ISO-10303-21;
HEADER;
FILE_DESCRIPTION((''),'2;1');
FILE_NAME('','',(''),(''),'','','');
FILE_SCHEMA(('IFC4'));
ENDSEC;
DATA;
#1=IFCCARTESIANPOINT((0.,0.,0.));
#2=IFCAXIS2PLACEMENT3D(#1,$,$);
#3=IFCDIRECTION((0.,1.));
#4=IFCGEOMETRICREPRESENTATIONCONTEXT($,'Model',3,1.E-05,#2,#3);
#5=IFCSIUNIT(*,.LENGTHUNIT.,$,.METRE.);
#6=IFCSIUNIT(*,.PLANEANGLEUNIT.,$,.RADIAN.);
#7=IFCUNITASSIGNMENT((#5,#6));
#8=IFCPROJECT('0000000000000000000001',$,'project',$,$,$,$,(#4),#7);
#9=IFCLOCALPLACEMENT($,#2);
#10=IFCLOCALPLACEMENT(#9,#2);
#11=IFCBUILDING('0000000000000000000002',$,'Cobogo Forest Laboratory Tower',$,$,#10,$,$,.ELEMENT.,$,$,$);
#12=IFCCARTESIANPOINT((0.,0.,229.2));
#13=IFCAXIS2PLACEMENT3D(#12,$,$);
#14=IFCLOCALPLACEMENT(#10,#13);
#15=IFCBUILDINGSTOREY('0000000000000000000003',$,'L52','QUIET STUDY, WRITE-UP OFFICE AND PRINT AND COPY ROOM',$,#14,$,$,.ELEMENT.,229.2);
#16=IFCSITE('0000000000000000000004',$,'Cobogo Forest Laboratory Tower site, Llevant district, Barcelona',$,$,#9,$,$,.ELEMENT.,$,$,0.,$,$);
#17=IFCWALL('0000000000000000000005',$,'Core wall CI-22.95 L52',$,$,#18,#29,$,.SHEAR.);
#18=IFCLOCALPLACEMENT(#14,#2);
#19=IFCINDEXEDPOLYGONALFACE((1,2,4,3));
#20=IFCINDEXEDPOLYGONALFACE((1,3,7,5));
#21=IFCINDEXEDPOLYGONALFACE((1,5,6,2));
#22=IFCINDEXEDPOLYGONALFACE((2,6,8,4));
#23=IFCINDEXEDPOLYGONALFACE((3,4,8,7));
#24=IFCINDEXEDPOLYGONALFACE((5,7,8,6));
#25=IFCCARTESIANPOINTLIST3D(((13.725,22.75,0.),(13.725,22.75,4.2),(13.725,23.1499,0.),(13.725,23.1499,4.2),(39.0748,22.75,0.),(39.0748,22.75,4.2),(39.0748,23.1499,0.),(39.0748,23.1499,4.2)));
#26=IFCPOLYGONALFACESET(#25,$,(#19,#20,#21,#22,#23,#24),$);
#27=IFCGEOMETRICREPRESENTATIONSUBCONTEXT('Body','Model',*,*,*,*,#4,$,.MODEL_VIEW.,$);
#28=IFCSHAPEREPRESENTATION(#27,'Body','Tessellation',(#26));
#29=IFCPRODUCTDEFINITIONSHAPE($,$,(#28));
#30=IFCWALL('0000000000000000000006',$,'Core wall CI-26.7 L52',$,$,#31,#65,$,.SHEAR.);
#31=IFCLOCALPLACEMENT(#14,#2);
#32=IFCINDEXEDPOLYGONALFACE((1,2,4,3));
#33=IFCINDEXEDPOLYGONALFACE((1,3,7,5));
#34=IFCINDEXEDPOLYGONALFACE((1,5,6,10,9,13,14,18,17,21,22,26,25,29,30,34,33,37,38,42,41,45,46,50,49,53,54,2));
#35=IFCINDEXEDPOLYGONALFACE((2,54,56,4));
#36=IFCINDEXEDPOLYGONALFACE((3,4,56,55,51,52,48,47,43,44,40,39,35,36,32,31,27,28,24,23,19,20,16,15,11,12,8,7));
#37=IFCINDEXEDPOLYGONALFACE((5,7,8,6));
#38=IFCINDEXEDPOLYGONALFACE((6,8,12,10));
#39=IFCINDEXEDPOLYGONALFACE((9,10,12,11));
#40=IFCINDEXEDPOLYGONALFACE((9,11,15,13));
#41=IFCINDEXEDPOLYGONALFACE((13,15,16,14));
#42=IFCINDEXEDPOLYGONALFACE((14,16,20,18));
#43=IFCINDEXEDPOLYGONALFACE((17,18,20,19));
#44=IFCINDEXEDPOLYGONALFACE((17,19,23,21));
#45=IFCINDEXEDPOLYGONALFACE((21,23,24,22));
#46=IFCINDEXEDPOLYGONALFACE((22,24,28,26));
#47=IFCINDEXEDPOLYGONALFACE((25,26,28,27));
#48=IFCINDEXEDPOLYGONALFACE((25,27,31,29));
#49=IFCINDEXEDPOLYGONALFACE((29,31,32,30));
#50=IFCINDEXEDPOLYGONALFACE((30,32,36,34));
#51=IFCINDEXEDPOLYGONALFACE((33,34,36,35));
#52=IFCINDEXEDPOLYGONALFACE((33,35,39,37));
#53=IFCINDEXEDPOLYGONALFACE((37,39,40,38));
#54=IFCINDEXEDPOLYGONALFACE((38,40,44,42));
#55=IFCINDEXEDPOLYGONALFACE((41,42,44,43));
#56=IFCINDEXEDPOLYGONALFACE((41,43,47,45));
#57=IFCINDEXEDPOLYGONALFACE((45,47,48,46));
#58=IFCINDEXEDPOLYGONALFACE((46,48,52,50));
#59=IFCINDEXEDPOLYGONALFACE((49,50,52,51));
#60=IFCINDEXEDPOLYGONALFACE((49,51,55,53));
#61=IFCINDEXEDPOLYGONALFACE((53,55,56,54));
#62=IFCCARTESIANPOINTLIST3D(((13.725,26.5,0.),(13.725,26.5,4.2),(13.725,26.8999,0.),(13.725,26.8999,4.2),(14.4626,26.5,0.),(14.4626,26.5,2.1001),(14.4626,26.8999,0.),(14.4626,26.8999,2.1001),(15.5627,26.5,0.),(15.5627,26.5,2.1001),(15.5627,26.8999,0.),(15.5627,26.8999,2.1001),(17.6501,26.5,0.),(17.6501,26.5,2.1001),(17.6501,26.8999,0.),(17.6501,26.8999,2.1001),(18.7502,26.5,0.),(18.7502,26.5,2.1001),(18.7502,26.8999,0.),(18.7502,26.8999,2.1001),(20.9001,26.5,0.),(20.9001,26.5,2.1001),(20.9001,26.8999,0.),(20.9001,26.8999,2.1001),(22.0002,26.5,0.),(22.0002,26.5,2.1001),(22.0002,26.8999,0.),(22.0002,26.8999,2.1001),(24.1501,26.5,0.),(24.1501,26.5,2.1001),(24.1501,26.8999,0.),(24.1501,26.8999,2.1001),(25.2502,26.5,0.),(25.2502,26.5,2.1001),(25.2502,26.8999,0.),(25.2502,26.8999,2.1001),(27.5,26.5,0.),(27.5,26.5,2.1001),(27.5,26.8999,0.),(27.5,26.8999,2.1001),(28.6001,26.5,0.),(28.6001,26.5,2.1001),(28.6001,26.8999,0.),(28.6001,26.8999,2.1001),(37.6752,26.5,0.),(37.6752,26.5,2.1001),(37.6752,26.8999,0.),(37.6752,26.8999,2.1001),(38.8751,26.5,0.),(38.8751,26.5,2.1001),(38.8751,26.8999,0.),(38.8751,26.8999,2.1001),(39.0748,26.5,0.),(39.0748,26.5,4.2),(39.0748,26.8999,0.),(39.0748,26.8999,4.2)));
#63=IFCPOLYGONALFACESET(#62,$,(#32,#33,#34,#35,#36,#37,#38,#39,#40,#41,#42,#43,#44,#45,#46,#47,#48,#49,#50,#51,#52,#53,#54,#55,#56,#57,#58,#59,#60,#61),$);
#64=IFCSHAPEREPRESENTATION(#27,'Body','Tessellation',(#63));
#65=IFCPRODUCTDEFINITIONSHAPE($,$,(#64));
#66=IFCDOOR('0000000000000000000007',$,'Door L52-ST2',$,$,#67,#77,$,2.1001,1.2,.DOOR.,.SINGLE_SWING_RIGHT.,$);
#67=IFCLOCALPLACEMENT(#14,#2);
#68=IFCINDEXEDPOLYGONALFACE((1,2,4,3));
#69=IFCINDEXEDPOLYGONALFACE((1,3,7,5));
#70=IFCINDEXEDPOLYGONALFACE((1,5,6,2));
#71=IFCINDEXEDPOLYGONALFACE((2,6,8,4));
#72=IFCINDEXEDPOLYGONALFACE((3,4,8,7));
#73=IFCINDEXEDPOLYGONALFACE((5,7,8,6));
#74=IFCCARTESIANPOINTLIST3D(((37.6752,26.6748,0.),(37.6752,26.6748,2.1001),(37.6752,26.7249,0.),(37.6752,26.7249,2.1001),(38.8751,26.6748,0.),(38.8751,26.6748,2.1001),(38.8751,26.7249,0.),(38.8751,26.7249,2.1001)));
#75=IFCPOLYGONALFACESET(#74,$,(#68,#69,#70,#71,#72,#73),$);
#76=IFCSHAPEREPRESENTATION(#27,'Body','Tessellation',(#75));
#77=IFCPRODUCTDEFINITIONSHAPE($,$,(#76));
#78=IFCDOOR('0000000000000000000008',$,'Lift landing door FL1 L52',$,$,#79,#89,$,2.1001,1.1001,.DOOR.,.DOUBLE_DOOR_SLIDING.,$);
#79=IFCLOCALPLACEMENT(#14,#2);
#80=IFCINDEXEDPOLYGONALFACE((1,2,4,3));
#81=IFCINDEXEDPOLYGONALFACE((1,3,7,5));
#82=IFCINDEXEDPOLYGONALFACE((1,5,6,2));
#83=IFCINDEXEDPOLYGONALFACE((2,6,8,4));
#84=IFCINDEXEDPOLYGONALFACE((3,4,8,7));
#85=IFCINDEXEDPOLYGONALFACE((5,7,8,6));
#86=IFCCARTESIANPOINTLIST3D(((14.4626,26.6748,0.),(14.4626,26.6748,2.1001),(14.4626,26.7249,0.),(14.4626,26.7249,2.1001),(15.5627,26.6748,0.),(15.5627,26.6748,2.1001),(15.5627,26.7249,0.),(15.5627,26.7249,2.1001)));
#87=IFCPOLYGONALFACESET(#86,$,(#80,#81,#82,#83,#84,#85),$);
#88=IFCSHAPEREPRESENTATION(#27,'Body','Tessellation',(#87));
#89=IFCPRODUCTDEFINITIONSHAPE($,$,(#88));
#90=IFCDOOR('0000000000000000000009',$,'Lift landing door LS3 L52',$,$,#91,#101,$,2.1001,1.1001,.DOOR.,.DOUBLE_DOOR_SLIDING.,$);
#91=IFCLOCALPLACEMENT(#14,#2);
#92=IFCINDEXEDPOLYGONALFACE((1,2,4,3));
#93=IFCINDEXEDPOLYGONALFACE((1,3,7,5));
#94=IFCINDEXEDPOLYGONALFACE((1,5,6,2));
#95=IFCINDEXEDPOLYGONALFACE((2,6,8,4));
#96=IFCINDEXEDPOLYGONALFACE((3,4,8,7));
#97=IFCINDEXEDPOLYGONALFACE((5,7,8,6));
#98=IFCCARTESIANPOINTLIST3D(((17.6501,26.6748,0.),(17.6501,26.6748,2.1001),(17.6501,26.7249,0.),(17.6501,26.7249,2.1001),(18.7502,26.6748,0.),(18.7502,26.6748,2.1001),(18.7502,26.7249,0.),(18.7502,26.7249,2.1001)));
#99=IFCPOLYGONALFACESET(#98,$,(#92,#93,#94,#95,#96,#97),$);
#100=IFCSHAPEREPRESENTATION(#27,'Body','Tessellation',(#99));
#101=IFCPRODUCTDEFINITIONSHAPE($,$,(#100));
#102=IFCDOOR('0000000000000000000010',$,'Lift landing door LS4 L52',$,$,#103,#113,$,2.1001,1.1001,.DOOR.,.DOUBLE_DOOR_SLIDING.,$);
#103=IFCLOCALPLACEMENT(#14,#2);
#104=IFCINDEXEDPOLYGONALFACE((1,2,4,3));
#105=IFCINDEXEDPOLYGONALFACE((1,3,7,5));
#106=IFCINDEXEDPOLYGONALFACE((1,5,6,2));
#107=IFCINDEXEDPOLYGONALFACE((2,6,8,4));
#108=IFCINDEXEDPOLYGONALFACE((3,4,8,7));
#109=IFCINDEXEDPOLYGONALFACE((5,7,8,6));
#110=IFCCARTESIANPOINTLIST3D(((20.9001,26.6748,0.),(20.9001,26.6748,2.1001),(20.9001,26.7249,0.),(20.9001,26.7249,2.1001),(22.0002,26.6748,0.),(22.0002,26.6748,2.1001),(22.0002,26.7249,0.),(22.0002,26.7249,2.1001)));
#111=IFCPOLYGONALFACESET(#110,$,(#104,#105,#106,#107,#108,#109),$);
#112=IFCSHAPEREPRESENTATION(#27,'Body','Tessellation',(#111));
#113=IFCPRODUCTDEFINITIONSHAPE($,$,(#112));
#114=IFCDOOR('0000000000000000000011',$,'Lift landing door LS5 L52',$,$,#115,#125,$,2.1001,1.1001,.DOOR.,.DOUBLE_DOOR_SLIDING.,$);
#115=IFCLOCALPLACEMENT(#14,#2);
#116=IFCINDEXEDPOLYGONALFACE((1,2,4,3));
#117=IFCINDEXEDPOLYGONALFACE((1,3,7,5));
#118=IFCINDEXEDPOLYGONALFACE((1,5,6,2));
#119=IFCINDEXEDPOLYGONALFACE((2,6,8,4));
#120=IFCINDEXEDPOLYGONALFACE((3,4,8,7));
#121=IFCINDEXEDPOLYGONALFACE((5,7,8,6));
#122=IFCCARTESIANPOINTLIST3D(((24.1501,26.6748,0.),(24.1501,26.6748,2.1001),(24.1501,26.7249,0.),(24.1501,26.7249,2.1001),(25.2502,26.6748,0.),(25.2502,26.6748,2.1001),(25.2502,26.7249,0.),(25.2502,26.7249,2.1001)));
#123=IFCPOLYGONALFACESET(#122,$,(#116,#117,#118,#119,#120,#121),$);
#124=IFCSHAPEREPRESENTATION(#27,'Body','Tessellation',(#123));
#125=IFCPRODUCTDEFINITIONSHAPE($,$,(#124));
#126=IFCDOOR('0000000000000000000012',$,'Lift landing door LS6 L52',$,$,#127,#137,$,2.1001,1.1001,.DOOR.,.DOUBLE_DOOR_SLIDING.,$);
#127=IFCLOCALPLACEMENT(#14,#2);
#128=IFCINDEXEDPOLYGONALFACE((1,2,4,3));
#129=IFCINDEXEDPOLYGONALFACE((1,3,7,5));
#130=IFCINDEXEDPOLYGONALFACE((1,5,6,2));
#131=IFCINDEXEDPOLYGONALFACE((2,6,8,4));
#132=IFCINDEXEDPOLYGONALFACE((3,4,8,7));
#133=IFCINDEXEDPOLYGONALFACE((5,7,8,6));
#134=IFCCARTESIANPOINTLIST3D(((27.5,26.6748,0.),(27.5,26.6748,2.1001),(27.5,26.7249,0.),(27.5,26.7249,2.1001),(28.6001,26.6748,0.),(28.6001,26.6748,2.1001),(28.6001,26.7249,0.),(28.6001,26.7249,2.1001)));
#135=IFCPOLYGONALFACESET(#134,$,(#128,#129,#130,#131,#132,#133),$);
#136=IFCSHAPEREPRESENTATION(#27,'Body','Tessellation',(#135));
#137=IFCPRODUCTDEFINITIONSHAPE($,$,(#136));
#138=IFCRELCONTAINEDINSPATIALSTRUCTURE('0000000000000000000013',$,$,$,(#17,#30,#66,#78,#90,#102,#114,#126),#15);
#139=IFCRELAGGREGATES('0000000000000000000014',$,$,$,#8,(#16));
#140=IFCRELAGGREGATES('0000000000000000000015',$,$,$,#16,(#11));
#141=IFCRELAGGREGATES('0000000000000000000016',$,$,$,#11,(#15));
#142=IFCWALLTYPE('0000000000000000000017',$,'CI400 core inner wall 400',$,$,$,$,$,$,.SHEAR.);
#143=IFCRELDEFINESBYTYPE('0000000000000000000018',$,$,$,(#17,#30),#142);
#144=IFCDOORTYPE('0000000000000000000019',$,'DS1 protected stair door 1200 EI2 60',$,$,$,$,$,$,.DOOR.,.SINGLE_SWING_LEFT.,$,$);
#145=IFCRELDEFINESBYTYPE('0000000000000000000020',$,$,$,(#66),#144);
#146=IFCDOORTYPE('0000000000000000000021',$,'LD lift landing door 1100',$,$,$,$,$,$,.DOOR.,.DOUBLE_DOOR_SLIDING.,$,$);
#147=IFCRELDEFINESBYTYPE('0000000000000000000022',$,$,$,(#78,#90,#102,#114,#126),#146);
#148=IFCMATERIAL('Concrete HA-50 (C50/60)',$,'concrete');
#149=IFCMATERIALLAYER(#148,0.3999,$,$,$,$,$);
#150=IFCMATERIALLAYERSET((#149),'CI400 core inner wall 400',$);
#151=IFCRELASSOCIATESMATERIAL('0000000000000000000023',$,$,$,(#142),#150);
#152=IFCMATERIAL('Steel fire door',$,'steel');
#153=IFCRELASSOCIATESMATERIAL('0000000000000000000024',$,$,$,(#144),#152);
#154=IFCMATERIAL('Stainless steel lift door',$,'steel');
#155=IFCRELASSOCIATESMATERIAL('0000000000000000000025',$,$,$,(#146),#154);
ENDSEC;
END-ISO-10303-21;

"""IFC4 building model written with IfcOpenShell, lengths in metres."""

from ifc_helpers import new_model, si_unit, direction, frame, frame_2d, origin, place, context, subcontext, project, spatial, rectangle, extrude, material, layer, layer_set, type_object, element, fill, save


model = new_model("IFC4")

# Units and contexts
model_context = context("Model", 3, precision=1e-05, world=origin(), true_north=direction((0.0, 1.0)))
body_context = subcontext(model_context, "Body", "Model", "MODEL_VIEW")
ifc_project = project(units=[si_unit("LENGTHUNIT", "METRE"), si_unit("PLANEANGLEUNIT", "RADIAN")], contexts=[model_context])

# Site, building, storey
site_placement = place(None, origin())
site = spatial("IfcSite", under=ifc_project, at=site_placement, Name="Cobogo Forest Laboratory Tower site, Llevant district, Barcelona", CompositionType="ELEMENT", RefElevation=0.0)
building_placement = place(site_placement, origin())
building = spatial("IfcBuilding", under=site, at=building_placement, Name="Cobogo Forest Laboratory Tower", CompositionType="ELEMENT")
storey_placement = place(building_placement, frame((0.0, 0.0, 229.2)))
storey = spatial("IfcBuildingStorey", under=building, at=storey_placement, Name="L52", Description="QUIET STUDY, WRITE-UP OFFICE AND PRINT AND COPY ROOM", CompositionType="ELEMENT", Elevation=229.2)

# Wall
ifc_material_1 = material(Name="Concrete HA-50 (C50/60)", Category="concrete")
ifc_layer = layer(ifc_material_1, 0.3999)
ifc_layer_set = layer_set([ifc_layer], Name="CI400 core inner wall 400")
wall_type = type_object("IfcWallType", Name="CI400 core inner wall 400", PredefinedType="SHEAR", material=ifc_layer_set)
wall_1_placement = place(storey_placement, frame((13.7251, 22.95, 0.0), z_axis=(0.0, 0.0, 1.0), x_axis=(1.0, 0.0, 0.0)))
element("IfcWall", 1, at=wall_1_placement, inside=storey, type_object=wall_type, Name="Core wall CI-22.95 L52", PredefinedType="SHEAR", context=body_context, shape_type="SweptSolid", body=[
    extrude(rectangle(XDim=25.3499, YDim=0.3999, at=frame_2d((12.6748, 0.0))), origin(), (0.0, 0.0, 1.0), 4.2),
])

# Wall, openings, doors
wall_2_placement = place(storey_placement, frame((13.7251, 26.7, 0.0), z_axis=(0.0, 0.0, 1.0), x_axis=(1.0, 0.0, 0.0)))
wall_2 = element("IfcWall", 2, at=wall_2_placement, inside=storey, type_object=wall_type, Name="Core wall CI-26.7 L52", PredefinedType="SHEAR", context=body_context, shape_type="SweptSolid", body=[
    extrude(rectangle(XDim=25.3499, YDim=0.3999, at=frame_2d((12.6748, 0.0))), origin(), (0.0, 0.0, 1.0), 4.2),
])
opening_1_placement = place(wall_2_placement, frame((23.95, 0.0, 0.0)))
opening_1 = element("IfcOpeningElement", 3, at=opening_1_placement, cuts=wall_2, PredefinedType="OPENING", context=body_context, shape_type="SweptSolid", body=[
    extrude(rectangle(XDim=1.2, YDim=2.1001, at=frame_2d((0.6001, 1.05))), frame((0.0, 0.21, 0.0), z_axis=(0.0, -1.0, 0.0), x_axis=(1.0, 0.0, 0.0)), (0.0, 0.0, 1.0), 0.4199),
])
opening_2_placement = place(wall_2_placement, frame((0.7375, 0.0, 0.0)))
opening_2 = element("IfcOpeningElement", 4, at=opening_2_placement, cuts=wall_2, PredefinedType="OPENING", context=body_context, shape_type="SweptSolid", body=[
    extrude(rectangle(XDim=1.1001, YDim=2.1001, at=frame_2d((0.55, 1.05))), frame((0.0, 0.21, 0.0), z_axis=(0.0, -1.0, 0.0), x_axis=(1.0, 0.0, 0.0)), (0.0, 0.0, 1.0), 0.4199),
])
opening_3_placement = place(wall_2_placement, frame((3.925, 0.0, 0.0)))
opening_3 = element("IfcOpeningElement", 5, at=opening_3_placement, cuts=wall_2, PredefinedType="OPENING", context=body_context, shape_type="SweptSolid", body=[
    extrude(rectangle(XDim=1.1001, YDim=2.1001, at=frame_2d((0.55, 1.05))), frame((0.0, 0.21, 0.0), z_axis=(0.0, -1.0, 0.0), x_axis=(1.0, 0.0, 0.0)), (0.0, 0.0, 1.0), 0.4199),
])
opening_4_placement = place(wall_2_placement, frame((7.175, 0.0, 0.0)))
opening_4 = element("IfcOpeningElement", 6, at=opening_4_placement, cuts=wall_2, PredefinedType="OPENING", context=body_context, shape_type="SweptSolid", body=[
    extrude(rectangle(XDim=1.1001, YDim=2.1001, at=frame_2d((0.55, 1.05))), frame((0.0, 0.21, 0.0), z_axis=(0.0, -1.0, 0.0), x_axis=(1.0, 0.0, 0.0)), (0.0, 0.0, 1.0), 0.4199),
])
opening_5_placement = place(wall_2_placement, frame((10.425, 0.0, 0.0)))
opening_5 = element("IfcOpeningElement", 7, at=opening_5_placement, cuts=wall_2, PredefinedType="OPENING", context=body_context, shape_type="SweptSolid", body=[
    extrude(rectangle(XDim=1.1001, YDim=2.1001, at=frame_2d((0.55, 1.05))), frame((0.0, 0.21, 0.0), z_axis=(0.0, -1.0, 0.0), x_axis=(1.0, 0.0, 0.0)), (0.0, 0.0, 1.0), 0.4199),
])
opening_6_placement = place(wall_2_placement, frame((13.7749, 0.0, 0.0)))
opening_6 = element("IfcOpeningElement", 8, at=opening_6_placement, cuts=wall_2, PredefinedType="OPENING", context=body_context, shape_type="SweptSolid", body=[
    extrude(rectangle(XDim=1.1001, YDim=2.1001, at=frame_2d((0.55, 1.05))), frame((0.0, 0.21, 0.0), z_axis=(0.0, -1.0, 0.0), x_axis=(1.0, 0.0, 0.0)), (0.0, 0.0, 1.0), 0.4199),
])
ifc_material_2 = material(Name="Steel fire door", Category="steel")
door_type_1 = type_object("IfcDoorType", Name="DS1 protected stair door 1200 EI2 60", OperationType="SINGLE_SWING_LEFT", PredefinedType="DOOR", material=ifc_material_2)
door_1_placement = place(opening_1_placement, origin())
door_1 = element("IfcDoor", 9, at=door_1_placement, inside=storey, type_object=door_type_1, Name="Door L52-ST2", OperationType="SINGLE_SWING_RIGHT", OverallHeight=2.1001, OverallWidth=1.2, PredefinedType="DOOR", context=body_context, shape_type="SweptSolid", body=[
    extrude(rectangle(XDim=1.2, YDim=2.1001, at=frame_2d((0.6001, 1.05))), frame((0.0, 0.0249, 0.0), z_axis=(0.0, -1.0, 0.0), x_axis=(1.0, 0.0, 0.0)), (0.0, 0.0, 1.0), 0.05),
])
fill(opening_1, door_1)
ifc_material_3 = material(Name="Stainless steel lift door", Category="steel")
door_type_2 = type_object("IfcDoorType", Name="LD lift landing door 1100", OperationType="DOUBLE_DOOR_SLIDING", PredefinedType="DOOR", material=ifc_material_3)
door_2_placement = place(opening_2_placement, origin())
door_2 = element("IfcDoor", 10, at=door_2_placement, inside=storey, type_object=door_type_2, Name="Lift landing door FL1 L52", OperationType="DOUBLE_DOOR_SLIDING", OverallHeight=2.1001, OverallWidth=1.1001, PredefinedType="DOOR", context=body_context, shape_type="SweptSolid", body=[
    extrude(rectangle(XDim=1.1001, YDim=2.1001, at=frame_2d((0.55, 1.05))), frame((0.0, 0.0249, 0.0), z_axis=(0.0, -1.0, 0.0), x_axis=(1.0, 0.0, 0.0)), (0.0, 0.0, 1.0), 0.05),
])
fill(opening_2, door_2)
door_3_placement = place(opening_3_placement, origin())
door_3 = element("IfcDoor", 11, at=door_3_placement, inside=storey, type_object=door_type_2, Name="Lift landing door LS3 L52", OperationType="DOUBLE_DOOR_SLIDING", OverallHeight=2.1001, OverallWidth=1.1001, PredefinedType="DOOR", context=body_context, shape_type="SweptSolid", body=[
    extrude(rectangle(XDim=1.1001, YDim=2.1001, at=frame_2d((0.55, 1.05))), frame((0.0, 0.0249, 0.0), z_axis=(0.0, -1.0, 0.0), x_axis=(1.0, 0.0, 0.0)), (0.0, 0.0, 1.0), 0.05),
])
fill(opening_3, door_3)
door_4_placement = place(opening_4_placement, origin())
door_4 = element("IfcDoor", 12, at=door_4_placement, inside=storey, type_object=door_type_2, Name="Lift landing door LS4 L52", OperationType="DOUBLE_DOOR_SLIDING", OverallHeight=2.1001, OverallWidth=1.1001, PredefinedType="DOOR", context=body_context, shape_type="SweptSolid", body=[
    extrude(rectangle(XDim=1.1001, YDim=2.1001, at=frame_2d((0.55, 1.05))), frame((0.0, 0.0249, 0.0), z_axis=(0.0, -1.0, 0.0), x_axis=(1.0, 0.0, 0.0)), (0.0, 0.0, 1.0), 0.05),
])
fill(opening_4, door_4)
door_5_placement = place(opening_5_placement, origin())
door_5 = element("IfcDoor", 13, at=door_5_placement, inside=storey, type_object=door_type_2, Name="Lift landing door LS5 L52", OperationType="DOUBLE_DOOR_SLIDING", OverallHeight=2.1001, OverallWidth=1.1001, PredefinedType="DOOR", context=body_context, shape_type="SweptSolid", body=[
    extrude(rectangle(XDim=1.1001, YDim=2.1001, at=frame_2d((0.55, 1.05))), frame((0.0, 0.0249, 0.0), z_axis=(0.0, -1.0, 0.0), x_axis=(1.0, 0.0, 0.0)), (0.0, 0.0, 1.0), 0.05),
])
fill(opening_5, door_5)
door_6_placement = place(opening_6_placement, origin())
door_6 = element("IfcDoor", 14, at=door_6_placement, inside=storey, type_object=door_type_2, Name="Lift landing door LS6 L52", OperationType="DOUBLE_DOOR_SLIDING", OverallHeight=2.1001, OverallWidth=1.1001, PredefinedType="DOOR", context=body_context, shape_type="SweptSolid", body=[
    extrude(rectangle(XDim=1.1001, YDim=2.1001, at=frame_2d((0.55, 1.05))), frame((0.0, 0.0249, 0.0), z_axis=(0.0, -1.0, 0.0), x_axis=(1.0, 0.0, 0.0)), (0.0, 0.0, 1.0), 0.05),
])
fill(opening_6, door_6)

save(model, "model.ifc")
